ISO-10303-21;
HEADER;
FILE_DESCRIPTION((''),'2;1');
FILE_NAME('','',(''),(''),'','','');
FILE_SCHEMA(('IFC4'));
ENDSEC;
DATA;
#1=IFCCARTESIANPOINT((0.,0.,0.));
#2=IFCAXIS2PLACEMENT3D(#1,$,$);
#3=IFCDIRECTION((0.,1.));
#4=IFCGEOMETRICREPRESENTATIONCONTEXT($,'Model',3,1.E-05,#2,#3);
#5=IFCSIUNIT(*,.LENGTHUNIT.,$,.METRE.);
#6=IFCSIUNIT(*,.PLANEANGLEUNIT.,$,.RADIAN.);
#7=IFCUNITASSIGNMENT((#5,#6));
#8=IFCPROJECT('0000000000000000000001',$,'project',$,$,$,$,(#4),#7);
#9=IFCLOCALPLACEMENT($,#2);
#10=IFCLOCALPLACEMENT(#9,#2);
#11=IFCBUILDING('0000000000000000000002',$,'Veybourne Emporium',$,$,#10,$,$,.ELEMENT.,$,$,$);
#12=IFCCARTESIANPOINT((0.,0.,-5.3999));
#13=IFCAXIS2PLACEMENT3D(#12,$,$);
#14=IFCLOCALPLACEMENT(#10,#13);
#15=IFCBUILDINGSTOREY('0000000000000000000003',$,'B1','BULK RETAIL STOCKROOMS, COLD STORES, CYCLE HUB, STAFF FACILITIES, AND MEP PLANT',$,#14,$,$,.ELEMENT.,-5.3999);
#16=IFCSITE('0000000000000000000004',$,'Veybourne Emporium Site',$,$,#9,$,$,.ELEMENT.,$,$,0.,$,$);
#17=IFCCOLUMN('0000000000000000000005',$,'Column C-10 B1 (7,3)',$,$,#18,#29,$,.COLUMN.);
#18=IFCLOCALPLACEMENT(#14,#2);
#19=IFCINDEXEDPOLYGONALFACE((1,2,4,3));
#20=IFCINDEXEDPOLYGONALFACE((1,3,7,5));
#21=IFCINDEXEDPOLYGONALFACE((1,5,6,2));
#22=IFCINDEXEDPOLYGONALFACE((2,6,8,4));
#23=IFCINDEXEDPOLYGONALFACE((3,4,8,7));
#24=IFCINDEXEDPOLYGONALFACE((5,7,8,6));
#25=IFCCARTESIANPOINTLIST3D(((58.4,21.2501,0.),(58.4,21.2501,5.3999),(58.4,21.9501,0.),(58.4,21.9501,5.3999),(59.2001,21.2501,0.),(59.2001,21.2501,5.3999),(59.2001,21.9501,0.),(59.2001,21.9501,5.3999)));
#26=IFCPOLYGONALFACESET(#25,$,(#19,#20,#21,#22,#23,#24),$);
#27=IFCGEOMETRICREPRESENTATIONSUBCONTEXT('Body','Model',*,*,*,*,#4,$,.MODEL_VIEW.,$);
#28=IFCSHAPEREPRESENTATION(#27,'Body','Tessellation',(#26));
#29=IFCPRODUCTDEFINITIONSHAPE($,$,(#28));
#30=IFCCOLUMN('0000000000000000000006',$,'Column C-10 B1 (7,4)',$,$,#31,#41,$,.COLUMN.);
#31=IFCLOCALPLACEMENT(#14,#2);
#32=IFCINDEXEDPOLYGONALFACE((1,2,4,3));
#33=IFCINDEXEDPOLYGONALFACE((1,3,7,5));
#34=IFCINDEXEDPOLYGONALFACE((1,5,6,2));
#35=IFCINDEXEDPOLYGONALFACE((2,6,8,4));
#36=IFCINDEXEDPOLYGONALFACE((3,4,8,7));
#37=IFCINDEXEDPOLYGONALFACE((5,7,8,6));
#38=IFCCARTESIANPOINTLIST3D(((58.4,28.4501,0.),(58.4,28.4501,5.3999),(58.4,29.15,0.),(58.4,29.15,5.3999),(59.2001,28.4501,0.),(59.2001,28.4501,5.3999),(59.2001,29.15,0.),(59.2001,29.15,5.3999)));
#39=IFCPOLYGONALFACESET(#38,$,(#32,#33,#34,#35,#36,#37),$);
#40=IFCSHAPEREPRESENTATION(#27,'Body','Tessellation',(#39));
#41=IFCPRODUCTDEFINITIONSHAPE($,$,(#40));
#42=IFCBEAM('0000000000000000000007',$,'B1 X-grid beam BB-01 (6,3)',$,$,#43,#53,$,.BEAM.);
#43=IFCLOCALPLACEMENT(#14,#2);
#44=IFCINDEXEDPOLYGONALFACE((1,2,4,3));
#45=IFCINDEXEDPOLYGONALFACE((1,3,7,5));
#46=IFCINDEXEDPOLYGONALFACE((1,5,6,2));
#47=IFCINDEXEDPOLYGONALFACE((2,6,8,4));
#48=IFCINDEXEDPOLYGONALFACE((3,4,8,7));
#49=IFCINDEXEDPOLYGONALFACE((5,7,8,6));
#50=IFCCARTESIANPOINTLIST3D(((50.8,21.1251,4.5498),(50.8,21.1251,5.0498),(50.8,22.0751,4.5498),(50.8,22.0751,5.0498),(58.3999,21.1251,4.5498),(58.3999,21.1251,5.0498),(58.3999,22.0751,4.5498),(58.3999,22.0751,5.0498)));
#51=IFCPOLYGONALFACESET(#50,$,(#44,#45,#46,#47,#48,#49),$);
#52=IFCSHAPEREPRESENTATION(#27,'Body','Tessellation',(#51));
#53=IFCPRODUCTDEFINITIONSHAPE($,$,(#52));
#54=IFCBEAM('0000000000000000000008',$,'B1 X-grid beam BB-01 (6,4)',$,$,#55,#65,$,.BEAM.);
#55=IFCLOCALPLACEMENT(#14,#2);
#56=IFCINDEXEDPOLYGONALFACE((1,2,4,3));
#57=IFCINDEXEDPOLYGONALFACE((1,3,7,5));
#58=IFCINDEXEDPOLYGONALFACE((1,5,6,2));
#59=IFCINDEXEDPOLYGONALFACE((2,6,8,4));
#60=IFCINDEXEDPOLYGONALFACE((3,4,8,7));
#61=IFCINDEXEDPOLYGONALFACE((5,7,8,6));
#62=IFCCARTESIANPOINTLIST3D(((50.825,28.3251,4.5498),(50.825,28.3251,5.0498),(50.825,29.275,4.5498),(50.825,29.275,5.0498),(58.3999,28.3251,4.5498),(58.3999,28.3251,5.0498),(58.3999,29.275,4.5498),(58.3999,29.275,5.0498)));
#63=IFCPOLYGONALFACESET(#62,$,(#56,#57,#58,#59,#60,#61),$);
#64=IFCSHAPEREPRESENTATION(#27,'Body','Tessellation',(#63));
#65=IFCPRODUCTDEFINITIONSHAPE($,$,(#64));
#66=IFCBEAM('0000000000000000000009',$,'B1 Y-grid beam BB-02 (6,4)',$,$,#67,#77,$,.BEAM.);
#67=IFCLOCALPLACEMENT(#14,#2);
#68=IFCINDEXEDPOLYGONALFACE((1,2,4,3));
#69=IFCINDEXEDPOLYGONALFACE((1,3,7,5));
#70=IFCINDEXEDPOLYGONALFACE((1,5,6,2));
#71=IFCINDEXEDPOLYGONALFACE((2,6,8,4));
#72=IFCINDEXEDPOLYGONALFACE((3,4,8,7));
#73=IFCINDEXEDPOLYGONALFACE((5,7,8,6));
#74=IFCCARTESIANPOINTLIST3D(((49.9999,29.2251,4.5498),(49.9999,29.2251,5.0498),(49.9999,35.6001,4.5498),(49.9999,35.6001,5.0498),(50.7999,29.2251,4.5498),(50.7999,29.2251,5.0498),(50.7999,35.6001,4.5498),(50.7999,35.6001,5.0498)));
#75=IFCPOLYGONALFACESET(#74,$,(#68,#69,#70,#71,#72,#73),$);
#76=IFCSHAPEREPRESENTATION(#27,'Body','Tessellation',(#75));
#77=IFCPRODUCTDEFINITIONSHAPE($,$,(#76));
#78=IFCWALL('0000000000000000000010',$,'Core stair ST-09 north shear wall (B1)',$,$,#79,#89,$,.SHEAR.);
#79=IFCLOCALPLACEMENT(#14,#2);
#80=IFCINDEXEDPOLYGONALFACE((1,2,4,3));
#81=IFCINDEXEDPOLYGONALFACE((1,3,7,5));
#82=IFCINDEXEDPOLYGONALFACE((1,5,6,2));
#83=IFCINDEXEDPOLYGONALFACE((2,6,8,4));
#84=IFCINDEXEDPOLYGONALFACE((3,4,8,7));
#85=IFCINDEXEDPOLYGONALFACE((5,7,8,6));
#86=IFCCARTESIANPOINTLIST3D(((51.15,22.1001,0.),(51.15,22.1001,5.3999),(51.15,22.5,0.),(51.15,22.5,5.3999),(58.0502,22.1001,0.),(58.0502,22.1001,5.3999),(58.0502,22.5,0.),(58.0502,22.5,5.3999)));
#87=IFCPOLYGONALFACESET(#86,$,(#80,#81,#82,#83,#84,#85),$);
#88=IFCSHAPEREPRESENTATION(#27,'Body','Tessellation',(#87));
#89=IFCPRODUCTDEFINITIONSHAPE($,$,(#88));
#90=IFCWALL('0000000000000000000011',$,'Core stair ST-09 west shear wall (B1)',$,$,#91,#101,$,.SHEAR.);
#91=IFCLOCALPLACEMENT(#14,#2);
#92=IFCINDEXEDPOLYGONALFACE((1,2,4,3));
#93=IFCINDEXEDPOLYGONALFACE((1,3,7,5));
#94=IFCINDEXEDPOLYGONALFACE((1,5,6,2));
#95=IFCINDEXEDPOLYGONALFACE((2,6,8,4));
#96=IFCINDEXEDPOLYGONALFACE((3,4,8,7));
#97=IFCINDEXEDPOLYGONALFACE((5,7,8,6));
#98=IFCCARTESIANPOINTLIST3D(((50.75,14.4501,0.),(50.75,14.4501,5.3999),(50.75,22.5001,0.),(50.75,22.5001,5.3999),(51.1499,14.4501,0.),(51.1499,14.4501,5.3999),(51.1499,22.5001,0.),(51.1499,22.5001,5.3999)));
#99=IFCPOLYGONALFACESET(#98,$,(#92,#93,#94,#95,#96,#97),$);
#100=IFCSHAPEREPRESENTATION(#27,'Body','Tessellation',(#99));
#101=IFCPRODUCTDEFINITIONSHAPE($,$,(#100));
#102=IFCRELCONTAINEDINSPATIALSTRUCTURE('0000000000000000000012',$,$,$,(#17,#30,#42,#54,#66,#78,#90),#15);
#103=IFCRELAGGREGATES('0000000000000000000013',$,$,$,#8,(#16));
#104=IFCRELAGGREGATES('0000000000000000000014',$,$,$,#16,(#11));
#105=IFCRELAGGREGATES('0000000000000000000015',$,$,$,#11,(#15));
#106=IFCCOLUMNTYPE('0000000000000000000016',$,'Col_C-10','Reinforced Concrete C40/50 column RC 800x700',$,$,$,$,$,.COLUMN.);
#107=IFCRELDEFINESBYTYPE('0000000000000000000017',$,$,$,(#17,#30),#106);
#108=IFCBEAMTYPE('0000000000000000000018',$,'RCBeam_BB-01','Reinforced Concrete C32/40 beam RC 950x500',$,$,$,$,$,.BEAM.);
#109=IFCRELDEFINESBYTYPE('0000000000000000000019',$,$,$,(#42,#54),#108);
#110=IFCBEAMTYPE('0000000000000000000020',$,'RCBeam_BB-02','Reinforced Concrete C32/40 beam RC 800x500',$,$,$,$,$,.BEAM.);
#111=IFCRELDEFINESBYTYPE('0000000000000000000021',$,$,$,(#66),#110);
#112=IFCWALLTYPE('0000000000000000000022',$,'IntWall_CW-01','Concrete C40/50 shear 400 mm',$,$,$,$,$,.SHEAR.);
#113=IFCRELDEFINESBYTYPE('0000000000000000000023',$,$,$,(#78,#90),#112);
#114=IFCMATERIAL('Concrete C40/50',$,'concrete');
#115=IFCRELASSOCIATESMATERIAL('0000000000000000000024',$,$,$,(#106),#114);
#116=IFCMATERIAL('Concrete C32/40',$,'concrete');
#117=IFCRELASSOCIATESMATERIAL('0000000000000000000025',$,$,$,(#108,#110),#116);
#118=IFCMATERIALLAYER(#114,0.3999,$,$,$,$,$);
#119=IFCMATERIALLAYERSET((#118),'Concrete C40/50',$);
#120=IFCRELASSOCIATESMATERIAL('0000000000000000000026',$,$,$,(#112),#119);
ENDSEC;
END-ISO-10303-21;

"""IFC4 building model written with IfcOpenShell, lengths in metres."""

from ifc_helpers import new_model, si_unit, direction, frame, frame_2d, origin, origin_2d, place, context, subcontext, project, spatial, rectangle, extrude, material, layer, layer_set, material_profile, profile_set, type_object, element, save


model = new_model("IFC4")

# Units and contexts
model_context = context("Model", 3, precision=1e-05, world=origin(), true_north=direction((0.0, 1.0)))
body_context = subcontext(model_context, "Body", "Model", "MODEL_VIEW")
ifc_project = project(units=[si_unit("LENGTHUNIT", "METRE"), si_unit("PLANEANGLEUNIT", "RADIAN")], contexts=[model_context])

# Site, building, storey
site_placement = place(None, origin())
site = spatial("IfcSite", under=ifc_project, at=site_placement, Name="Veybourne Emporium Site", CompositionType="ELEMENT", RefElevation=0.0)
building_placement = place(site_placement, origin())
building = spatial("IfcBuilding", under=site, at=building_placement, Name="Veybourne Emporium", CompositionType="ELEMENT")
storey_placement = place(building_placement, frame((0.0, 0.0, -5.3999)))
storey = spatial("IfcBuildingStorey", under=building, at=storey_placement, Name="B1", Description="BULK RETAIL STOCKROOMS, COLD STORES, CYCLE HUB, STAFF FACILITIES, AND MEP PLANT", CompositionType="ELEMENT", Elevation=-5.3999)

# Columns
ifc_material_1 = material(Name="Concrete C40/50", Category="concrete")
ifc_material_profile_1 = material_profile(ifc_material_1, rectangle(XDim=0.8, YDim=0.7, at=origin_2d()), Name="RC 800x700")
ifc_profile_set_1 = profile_set([ifc_material_profile_1], Name="Concrete C40/50")
column_type = type_object("IfcColumnType", Name="Col_C-10", Description="Reinforced Concrete C40/50 column RC 800x700", PredefinedType="COLUMN", material=ifc_profile_set_1)
for number, where, z_axis, x_axis, name in (
    (1, (58.8, 21.6001, 0.0), (0.0, 0.0, 1.0), (1.0, 0.0, 0.0), "Column C-10 B1 (7,3)"),
    (2, (58.8, 28.8, 0.0), (0.0, 0.0, 1.0), (1.0, 0.0, 0.0), "Column C-10 B1 (7,4)"),
):
    element("IfcColumn", number, at=place(storey_placement, frame(where, z_axis=z_axis, x_axis=x_axis)), inside=storey, type_object=column_type, Name=name, PredefinedType="COLUMN", context=body_context, shape_type="SweptSolid", body=[
        extrude(rectangle(XDim=0.8, YDim=0.7, at=origin_2d()), origin(), (0.0, 0.0, 1.0), 5.3999),
    ])

# Beams
ifc_material_2 = material(Name="Concrete C32/40", Category="concrete")
ifc_material_profile_2 = material_profile(ifc_material_2, rectangle(XDim=0.95, YDim=0.5, at=origin_2d()), Name="RC 950x500")
ifc_profile_set_2 = profile_set([ifc_material_profile_2], Name="Concrete C32/40")
beam_type_1 = type_object("IfcBeamType", Name="RCBeam_BB-01", Description="Reinforced Concrete C32/40 beam RC 950x500", PredefinedType="BEAM", material=ifc_profile_set_2)
beam_1_placement = place(storey_placement, frame((50.8, 21.6001, 4.7998), z_axis=(1.0, 0.0, 0.0), x_axis=(0.0, 1.0, 0.0)))
element("IfcBeam", 3, at=beam_1_placement, inside=storey, type_object=beam_type_1, Name="B1 X-grid beam BB-01 (6,3)", PredefinedType="BEAM", context=body_context, shape_type="SweptSolid", body=[
    extrude(rectangle(XDim=0.95, YDim=0.5, at=origin_2d()), origin(), (0.0, 0.0, 1.0), 7.5999),
])
beam_2_placement = place(storey_placement, frame((50.825, 28.8, 4.7998), z_axis=(1.0, 0.0, 0.0), x_axis=(0.0, 1.0, 0.0)))
element("IfcBeam", 4, at=beam_2_placement, inside=storey, type_object=beam_type_1, Name="B1 X-grid beam BB-01 (6,4)", PredefinedType="BEAM", context=body_context, shape_type="SweptSolid", body=[
    extrude(rectangle(XDim=0.95, YDim=0.5, at=origin_2d()), origin(), (0.0, 0.0, 1.0), 7.575),
])
ifc_material_profile_3 = material_profile(ifc_material_2, rectangle(XDim=0.8, YDim=0.5, at=origin_2d()), Name="RC 800x500")
ifc_profile_set_3 = profile_set([ifc_material_profile_3], Name="Concrete C32/40")
beam_type_2 = type_object("IfcBeamType", Name="RCBeam_BB-02", Description="Reinforced Concrete C32/40 beam RC 800x500", PredefinedType="BEAM", material=ifc_profile_set_3)
beam_3_placement = place(storey_placement, frame((50.3999, 29.2251, 4.7998), z_axis=(0.0, 1.0, 0.0), x_axis=(-1.0, 0.0, 0.0)))
element("IfcBeam", 5, at=beam_3_placement, inside=storey, type_object=beam_type_2, Name="B1 Y-grid beam BB-02 (6,4)", PredefinedType="BEAM", context=body_context, shape_type="SweptSolid", body=[
    extrude(rectangle(XDim=0.8, YDim=0.5, at=origin_2d()), origin(), (0.0, 0.0, 1.0), 6.375),
])

# Walls
ifc_layer = layer(ifc_material_1, 0.3999)
ifc_layer_set = layer_set([ifc_layer], Name="Concrete C40/50")
wall_type = type_object("IfcWallType", Name="IntWall_CW-01", Description="Concrete C40/50 shear 400 mm", PredefinedType="SHEAR", material=ifc_layer_set)
wall_1_placement = place(storey_placement, frame((51.1499, 22.3, 0.0), z_axis=(0.0, 0.0, 1.0), x_axis=(1.0, 0.0, 0.0)))
element("IfcWall", 6, at=wall_1_placement, inside=storey, type_object=wall_type, Name="Core stair ST-09 north shear wall (B1)", PredefinedType="SHEAR", context=body_context, shape_type="SweptSolid", body=[
    extrude(rectangle(XDim=6.9001, YDim=0.3999, at=frame_2d((3.4502, 0.0))), origin(), (0.0, 0.0, 1.0), 5.3999),
])
wall_2_placement = place(storey_placement, frame((50.95, 22.5, 0.0), z_axis=(0.0, 0.0, 1.0), x_axis=(0.0, -1.0, 0.0)))
element("IfcWall", 7, at=wall_2_placement, inside=storey, type_object=wall_type, Name="Core stair ST-09 west shear wall (B1)", PredefinedType="SHEAR", context=body_context, shape_type="SweptSolid", body=[
    extrude(rectangle(XDim=8.05, YDim=0.3999, at=frame_2d((4.0249, 0.0))), origin(), (0.0, 0.0, 1.0), 5.3999),
])

save(model, "model.ifc")
